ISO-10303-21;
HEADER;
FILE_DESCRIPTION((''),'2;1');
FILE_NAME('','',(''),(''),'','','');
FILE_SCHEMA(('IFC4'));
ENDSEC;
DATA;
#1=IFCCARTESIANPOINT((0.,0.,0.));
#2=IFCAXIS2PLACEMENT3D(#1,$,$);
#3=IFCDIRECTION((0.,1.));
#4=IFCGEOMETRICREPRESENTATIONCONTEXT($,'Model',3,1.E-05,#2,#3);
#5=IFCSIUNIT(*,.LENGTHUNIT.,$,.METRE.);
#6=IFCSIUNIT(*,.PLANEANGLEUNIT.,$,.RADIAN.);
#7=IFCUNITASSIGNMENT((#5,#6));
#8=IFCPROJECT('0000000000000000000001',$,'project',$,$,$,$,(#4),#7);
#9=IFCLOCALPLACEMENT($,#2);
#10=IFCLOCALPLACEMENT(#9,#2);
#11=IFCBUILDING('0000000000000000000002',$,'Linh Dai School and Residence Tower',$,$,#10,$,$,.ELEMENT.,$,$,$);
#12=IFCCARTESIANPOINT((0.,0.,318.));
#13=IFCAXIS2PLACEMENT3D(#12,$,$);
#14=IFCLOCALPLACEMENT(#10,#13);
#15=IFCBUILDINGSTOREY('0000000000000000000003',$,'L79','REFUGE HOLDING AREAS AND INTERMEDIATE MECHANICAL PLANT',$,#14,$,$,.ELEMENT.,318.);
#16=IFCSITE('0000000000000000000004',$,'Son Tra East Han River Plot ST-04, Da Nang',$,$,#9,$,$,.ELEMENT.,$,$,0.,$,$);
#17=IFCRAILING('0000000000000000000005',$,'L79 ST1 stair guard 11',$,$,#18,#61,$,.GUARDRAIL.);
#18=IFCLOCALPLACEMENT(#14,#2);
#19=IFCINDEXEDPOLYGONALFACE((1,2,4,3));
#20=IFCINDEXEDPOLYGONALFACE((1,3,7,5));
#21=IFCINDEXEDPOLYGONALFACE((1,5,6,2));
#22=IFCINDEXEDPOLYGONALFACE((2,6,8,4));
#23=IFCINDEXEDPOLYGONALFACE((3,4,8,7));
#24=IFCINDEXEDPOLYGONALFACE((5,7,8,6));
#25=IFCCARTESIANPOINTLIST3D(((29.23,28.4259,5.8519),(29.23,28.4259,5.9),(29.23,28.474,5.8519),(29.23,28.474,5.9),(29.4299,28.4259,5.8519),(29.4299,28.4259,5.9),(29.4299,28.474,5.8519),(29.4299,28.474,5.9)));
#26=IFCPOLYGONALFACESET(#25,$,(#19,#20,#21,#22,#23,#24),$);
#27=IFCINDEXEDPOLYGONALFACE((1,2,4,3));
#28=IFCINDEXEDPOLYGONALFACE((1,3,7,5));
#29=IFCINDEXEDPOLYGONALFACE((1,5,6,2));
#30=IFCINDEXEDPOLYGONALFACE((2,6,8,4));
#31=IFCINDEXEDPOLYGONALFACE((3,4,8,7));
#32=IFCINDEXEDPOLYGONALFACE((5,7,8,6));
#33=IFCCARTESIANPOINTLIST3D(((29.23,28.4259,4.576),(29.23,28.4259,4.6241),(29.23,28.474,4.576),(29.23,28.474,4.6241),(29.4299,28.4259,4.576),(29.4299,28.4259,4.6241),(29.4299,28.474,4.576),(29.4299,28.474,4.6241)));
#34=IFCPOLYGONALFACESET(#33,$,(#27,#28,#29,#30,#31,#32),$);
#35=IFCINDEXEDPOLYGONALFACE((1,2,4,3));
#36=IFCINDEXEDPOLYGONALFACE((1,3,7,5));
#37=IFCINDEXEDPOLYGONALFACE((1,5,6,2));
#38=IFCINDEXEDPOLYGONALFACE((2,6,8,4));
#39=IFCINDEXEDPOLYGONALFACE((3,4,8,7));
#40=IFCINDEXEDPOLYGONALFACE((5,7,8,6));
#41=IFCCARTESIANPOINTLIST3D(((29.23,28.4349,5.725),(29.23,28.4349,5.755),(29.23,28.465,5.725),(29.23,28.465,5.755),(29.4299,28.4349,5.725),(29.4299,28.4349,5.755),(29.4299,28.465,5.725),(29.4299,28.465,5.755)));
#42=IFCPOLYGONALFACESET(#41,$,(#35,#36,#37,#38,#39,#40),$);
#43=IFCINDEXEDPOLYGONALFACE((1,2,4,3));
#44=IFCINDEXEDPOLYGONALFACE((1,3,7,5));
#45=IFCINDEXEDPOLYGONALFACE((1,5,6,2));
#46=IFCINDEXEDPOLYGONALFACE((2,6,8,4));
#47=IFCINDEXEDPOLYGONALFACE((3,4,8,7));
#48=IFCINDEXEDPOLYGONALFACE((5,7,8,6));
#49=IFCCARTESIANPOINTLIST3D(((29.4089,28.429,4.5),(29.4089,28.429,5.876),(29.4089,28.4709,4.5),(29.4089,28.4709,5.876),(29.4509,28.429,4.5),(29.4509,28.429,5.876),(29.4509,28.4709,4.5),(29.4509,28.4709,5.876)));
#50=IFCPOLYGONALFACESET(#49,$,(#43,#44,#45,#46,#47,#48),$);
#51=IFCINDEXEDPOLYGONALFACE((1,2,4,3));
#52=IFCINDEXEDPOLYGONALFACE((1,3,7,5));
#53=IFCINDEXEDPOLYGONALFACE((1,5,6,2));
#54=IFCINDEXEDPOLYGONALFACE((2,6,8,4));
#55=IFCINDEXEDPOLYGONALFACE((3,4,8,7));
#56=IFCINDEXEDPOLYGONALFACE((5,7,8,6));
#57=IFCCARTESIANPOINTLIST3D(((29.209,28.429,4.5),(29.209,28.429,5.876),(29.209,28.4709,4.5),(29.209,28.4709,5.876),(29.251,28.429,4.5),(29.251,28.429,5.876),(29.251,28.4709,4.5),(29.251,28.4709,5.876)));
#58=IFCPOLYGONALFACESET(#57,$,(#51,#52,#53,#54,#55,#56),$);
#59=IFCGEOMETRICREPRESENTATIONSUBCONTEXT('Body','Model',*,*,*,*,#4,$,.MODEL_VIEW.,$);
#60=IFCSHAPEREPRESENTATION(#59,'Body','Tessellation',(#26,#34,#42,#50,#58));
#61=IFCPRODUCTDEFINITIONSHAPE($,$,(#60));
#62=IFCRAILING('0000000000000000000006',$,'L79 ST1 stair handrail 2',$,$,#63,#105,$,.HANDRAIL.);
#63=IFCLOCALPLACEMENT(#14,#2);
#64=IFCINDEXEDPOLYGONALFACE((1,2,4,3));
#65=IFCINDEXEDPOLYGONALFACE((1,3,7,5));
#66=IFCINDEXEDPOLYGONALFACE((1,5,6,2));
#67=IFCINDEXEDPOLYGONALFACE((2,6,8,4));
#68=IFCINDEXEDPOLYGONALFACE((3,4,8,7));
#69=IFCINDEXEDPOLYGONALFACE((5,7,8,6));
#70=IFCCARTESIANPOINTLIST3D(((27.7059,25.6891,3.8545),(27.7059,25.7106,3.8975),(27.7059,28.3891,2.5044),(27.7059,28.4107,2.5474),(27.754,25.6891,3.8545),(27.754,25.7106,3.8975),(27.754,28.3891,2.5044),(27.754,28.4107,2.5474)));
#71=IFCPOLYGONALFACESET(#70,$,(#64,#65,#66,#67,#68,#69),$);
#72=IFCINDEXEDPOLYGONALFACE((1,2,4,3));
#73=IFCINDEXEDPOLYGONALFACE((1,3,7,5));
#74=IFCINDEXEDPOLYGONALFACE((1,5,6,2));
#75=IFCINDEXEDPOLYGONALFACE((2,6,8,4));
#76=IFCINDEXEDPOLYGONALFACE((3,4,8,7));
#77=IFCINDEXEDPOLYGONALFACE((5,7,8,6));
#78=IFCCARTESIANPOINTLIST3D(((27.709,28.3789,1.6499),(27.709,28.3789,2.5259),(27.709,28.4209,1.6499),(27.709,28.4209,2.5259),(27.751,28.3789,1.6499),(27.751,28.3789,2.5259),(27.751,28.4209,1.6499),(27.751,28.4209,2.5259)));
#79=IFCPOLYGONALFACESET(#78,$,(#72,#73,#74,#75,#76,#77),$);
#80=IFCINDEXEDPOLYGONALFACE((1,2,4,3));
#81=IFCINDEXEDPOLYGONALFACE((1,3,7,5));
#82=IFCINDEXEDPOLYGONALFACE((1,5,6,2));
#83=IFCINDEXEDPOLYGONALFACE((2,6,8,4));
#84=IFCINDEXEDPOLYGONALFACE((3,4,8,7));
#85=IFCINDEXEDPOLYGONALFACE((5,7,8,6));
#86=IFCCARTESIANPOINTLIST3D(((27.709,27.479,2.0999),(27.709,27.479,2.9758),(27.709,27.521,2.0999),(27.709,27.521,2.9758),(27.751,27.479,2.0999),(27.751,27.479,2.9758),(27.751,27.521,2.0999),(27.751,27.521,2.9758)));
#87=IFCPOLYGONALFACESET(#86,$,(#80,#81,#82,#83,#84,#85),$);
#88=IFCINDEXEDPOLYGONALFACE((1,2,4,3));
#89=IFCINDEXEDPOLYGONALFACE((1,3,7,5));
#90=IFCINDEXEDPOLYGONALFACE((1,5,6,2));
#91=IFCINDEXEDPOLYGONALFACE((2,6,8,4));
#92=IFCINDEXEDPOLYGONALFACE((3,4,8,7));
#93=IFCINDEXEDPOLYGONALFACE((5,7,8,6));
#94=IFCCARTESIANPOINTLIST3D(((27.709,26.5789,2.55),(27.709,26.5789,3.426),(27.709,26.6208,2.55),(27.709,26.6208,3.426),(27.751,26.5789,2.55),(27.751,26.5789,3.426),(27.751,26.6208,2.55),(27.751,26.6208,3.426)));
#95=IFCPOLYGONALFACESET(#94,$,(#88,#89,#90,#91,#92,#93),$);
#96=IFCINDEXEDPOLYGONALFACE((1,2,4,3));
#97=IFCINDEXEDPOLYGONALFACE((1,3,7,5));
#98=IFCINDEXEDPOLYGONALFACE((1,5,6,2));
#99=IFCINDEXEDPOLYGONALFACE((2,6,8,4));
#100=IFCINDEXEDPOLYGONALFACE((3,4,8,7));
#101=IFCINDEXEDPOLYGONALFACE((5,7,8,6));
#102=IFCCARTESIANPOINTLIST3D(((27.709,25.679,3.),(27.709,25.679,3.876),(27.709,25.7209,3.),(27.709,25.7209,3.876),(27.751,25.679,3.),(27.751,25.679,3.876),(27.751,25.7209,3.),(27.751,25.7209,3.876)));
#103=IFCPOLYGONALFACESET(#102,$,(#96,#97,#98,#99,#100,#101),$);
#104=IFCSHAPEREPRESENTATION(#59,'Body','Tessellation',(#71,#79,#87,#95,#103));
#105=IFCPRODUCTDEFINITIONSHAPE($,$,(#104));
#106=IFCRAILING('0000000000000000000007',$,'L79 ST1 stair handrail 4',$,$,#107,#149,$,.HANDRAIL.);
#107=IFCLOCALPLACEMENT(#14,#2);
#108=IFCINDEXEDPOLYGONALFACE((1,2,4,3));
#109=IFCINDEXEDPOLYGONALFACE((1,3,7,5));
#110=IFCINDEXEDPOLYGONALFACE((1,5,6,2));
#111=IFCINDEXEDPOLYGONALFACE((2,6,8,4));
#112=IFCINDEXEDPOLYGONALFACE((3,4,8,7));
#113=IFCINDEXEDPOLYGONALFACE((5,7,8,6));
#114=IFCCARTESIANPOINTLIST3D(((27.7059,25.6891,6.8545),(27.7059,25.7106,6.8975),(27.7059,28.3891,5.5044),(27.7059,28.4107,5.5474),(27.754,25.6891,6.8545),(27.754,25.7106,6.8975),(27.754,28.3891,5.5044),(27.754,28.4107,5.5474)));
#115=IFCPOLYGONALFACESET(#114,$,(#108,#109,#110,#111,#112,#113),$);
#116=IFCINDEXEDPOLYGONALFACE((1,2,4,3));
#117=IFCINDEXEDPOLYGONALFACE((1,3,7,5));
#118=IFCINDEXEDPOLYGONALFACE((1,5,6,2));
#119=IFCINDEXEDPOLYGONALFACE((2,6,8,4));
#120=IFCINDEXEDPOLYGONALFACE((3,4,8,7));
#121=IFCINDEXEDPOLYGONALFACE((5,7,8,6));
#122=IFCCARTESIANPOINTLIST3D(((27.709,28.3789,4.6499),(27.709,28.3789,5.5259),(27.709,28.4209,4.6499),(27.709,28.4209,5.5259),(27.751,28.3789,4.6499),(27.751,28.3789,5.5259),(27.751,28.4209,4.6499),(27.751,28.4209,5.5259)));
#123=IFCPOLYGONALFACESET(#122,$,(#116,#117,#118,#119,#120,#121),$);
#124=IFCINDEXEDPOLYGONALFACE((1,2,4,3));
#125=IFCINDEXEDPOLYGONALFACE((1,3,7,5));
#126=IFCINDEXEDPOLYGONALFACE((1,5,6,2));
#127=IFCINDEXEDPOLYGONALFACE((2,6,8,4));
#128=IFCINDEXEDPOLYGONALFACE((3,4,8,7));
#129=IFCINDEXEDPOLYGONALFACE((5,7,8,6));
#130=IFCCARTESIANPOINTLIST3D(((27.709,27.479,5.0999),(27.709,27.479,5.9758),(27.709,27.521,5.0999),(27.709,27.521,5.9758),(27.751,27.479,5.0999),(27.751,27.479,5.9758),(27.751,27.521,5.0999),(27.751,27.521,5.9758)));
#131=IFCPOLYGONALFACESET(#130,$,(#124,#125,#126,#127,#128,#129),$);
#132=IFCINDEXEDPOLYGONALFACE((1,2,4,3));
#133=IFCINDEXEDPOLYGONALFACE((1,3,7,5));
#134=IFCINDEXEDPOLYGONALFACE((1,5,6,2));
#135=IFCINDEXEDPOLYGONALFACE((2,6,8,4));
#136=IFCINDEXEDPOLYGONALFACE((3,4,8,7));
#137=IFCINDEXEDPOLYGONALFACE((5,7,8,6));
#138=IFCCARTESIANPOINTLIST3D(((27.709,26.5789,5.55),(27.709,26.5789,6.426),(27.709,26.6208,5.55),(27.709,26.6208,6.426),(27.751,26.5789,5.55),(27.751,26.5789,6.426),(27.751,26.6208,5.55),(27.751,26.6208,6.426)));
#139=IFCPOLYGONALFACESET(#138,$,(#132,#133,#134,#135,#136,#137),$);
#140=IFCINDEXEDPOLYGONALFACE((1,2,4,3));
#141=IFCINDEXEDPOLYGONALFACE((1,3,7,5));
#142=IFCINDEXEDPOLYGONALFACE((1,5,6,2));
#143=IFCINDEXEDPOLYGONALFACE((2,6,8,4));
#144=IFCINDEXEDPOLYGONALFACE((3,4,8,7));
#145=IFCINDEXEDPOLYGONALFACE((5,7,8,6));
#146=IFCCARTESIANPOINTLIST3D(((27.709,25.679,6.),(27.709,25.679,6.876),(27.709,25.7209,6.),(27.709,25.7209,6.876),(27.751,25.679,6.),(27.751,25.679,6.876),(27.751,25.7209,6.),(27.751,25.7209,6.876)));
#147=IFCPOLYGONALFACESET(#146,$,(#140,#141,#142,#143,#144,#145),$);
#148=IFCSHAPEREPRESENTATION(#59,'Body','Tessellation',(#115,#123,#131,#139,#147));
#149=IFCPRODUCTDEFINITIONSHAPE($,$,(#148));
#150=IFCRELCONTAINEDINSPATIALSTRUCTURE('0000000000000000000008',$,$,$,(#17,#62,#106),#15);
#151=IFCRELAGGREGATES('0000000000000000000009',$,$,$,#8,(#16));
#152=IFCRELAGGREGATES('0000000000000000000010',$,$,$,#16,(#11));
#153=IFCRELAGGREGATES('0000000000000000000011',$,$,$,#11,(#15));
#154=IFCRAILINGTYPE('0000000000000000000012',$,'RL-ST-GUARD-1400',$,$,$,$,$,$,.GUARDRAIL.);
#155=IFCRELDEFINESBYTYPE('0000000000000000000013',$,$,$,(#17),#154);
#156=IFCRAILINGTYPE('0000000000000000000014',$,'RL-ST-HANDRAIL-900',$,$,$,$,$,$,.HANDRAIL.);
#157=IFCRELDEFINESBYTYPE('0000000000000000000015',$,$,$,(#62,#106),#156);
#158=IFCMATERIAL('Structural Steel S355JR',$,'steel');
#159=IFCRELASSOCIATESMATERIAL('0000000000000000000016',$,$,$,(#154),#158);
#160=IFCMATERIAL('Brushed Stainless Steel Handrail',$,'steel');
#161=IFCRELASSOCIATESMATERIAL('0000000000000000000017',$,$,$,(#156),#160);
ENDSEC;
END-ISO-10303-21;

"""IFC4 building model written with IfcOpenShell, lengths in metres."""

from ifc_helpers import new_model, si_unit, direction, frame, origin, origin_2d, place, context, subcontext, project, spatial, rectangle, extrude, source, transform, mapped, material, type_object, element, save


model = new_model("IFC4")

# Units and contexts
model_context = context("Model", 3, precision=1e-05, world=origin(), true_north=direction((0.0, 1.0)))
body_context = subcontext(model_context, "Body", "Model", "MODEL_VIEW")
ifc_project = project(units=[si_unit("LENGTHUNIT", "METRE"), si_unit("PLANEANGLEUNIT", "RADIAN")], contexts=[model_context])

# Site, building, storey
site_placement = place(None, origin())
site = spatial("IfcSite", under=ifc_project, at=site_placement, Name="Son Tra East Han River Plot ST-04, Da Nang", CompositionType="ELEMENT", RefElevation=0.0)
building_placement = place(site_placement, origin())
building = spatial("IfcBuilding", under=site, at=building_placement, Name="Linh Dai School and Residence Tower", CompositionType="ELEMENT")
storey_placement = place(building_placement, frame((0.0, 0.0, 318.0)))
storey = spatial("IfcBuildingStorey", under=building, at=storey_placement, Name="L79", Description="REFUGE HOLDING AREAS AND INTERMEDIATE MECHANICAL PLANT", CompositionType="ELEMENT", Elevation=318.0)

# Shared definitions
ifc_material_1 = material(Name="Structural Steel S355JR", Category="steel")

# Railings
railing_type_1 = type_object("IfcRailingType", Name="RL-ST-GUARD-1400", PredefinedType="GUARDRAIL", material=ifc_material_1)
shared_shape_1 = source(origin(), body_context, "Body", "SweptSolid", [
    extrude(rectangle(XDim=0.0481, YDim=0.0481, at=origin_2d()), frame((0.0, 0.0, 1.376), z_axis=(-1.0, 0.0, 0.0), x_axis=(0.0, -1.0, 0.0)), (0.0, 0.0, 1.0), 0.2),
    extrude(rectangle(XDim=0.0481, YDim=0.0481, at=origin_2d()), frame((0.0, 0.0, 0.1001), z_axis=(-1.0, 0.0, 0.0), x_axis=(0.0, -1.0, 0.0)), (0.0, 0.0, 1.0), 0.2),
    extrude(rectangle(XDim=0.03, YDim=0.03, at=origin_2d()), frame((0.0, 0.0, 1.24), z_axis=(-1.0, 0.0, 0.0), x_axis=(0.0, -1.0, 0.0)), (0.0, 0.0, 1.0), 0.2),
    extrude(rectangle(XDim=0.042, YDim=0.042, at=origin_2d()), origin(), (0.0, 0.0, 1.0), 1.376),
    extrude(rectangle(XDim=0.042, YDim=0.042, at=origin_2d()), frame((-0.2, 0.0, 0.0)), (0.0, 0.0, 1.0), 1.376),
])
for number, where, name in (
    (1, (29.4299, 28.45, 4.5), "L79 ST1 stair guard 11"),
):
    element("IfcRailing", number, at=place(storey_placement, frame(where)), inside=storey, type_object=railing_type_1, Name=name, PredefinedType="GUARDRAIL", context=body_context, shape_type="MappedRepresentation", body=[
        mapped(shared_shape_1, transform((0.0, 0.0, 0.0), x_axis=(1.0, 0.0, 0.0), y_axis=(0.0, 1.0, 0.0), z_axis=(0.0, 0.0, 1.0), scale=1.0)),
    ])
ifc_material_2 = material(Name="Brushed Stainless Steel Handrail", Category="steel")
railing_type_2 = type_object("IfcRailingType", Name="RL-ST-HANDRAIL-900", PredefinedType="HANDRAIL", material=ifc_material_2)
shared_shape_2 = source(origin(), body_context, "Body", "SweptSolid", [
    extrude(rectangle(XDim=0.0481, YDim=0.0481, at=origin_2d()), frame((0.0, 0.0, 0.876), z_axis=(0.0, -0.894411, 0.447246), x_axis=(1.0, 0.0, 0.0)), (0.0, 0.0, 1.0), 3.0188),
    extrude(rectangle(XDim=0.042, YDim=0.042, at=origin_2d()), origin(), (0.0, 0.0, 1.0), 0.876),
    extrude(rectangle(XDim=0.042, YDim=0.042, at=origin_2d()), frame((0.0, -0.8999, 0.45)), (0.0, 0.0, 1.0), 0.876),
    extrude(rectangle(XDim=0.042, YDim=0.042, at=origin_2d()), frame((0.0, -1.8, 0.9001)), (0.0, 0.0, 1.0), 0.876),
    extrude(rectangle(XDim=0.042, YDim=0.042, at=origin_2d()), frame((0.0, -2.7, 1.3501)), (0.0, 0.0, 1.0), 0.876),
])
for number, where, name in (
    (2, (27.73, 28.3999, 1.6499), "L79 ST1 stair handrail 2"),
    (3, (27.73, 28.3999, 4.6499), "L79 ST1 stair handrail 4"),
):
    element("IfcRailing", number, at=place(storey_placement, frame(where)), inside=storey, type_object=railing_type_2, Name=name, PredefinedType="HANDRAIL", context=body_context, shape_type="MappedRepresentation", body=[
        mapped(shared_shape_2, transform((0.0, 0.0, 0.0), x_axis=(1.0, 0.0, 0.0), y_axis=(0.0, 1.0, 0.0), z_axis=(0.0, 0.0, 1.0), scale=1.0)),
    ])

save(model, "model.ifc")
